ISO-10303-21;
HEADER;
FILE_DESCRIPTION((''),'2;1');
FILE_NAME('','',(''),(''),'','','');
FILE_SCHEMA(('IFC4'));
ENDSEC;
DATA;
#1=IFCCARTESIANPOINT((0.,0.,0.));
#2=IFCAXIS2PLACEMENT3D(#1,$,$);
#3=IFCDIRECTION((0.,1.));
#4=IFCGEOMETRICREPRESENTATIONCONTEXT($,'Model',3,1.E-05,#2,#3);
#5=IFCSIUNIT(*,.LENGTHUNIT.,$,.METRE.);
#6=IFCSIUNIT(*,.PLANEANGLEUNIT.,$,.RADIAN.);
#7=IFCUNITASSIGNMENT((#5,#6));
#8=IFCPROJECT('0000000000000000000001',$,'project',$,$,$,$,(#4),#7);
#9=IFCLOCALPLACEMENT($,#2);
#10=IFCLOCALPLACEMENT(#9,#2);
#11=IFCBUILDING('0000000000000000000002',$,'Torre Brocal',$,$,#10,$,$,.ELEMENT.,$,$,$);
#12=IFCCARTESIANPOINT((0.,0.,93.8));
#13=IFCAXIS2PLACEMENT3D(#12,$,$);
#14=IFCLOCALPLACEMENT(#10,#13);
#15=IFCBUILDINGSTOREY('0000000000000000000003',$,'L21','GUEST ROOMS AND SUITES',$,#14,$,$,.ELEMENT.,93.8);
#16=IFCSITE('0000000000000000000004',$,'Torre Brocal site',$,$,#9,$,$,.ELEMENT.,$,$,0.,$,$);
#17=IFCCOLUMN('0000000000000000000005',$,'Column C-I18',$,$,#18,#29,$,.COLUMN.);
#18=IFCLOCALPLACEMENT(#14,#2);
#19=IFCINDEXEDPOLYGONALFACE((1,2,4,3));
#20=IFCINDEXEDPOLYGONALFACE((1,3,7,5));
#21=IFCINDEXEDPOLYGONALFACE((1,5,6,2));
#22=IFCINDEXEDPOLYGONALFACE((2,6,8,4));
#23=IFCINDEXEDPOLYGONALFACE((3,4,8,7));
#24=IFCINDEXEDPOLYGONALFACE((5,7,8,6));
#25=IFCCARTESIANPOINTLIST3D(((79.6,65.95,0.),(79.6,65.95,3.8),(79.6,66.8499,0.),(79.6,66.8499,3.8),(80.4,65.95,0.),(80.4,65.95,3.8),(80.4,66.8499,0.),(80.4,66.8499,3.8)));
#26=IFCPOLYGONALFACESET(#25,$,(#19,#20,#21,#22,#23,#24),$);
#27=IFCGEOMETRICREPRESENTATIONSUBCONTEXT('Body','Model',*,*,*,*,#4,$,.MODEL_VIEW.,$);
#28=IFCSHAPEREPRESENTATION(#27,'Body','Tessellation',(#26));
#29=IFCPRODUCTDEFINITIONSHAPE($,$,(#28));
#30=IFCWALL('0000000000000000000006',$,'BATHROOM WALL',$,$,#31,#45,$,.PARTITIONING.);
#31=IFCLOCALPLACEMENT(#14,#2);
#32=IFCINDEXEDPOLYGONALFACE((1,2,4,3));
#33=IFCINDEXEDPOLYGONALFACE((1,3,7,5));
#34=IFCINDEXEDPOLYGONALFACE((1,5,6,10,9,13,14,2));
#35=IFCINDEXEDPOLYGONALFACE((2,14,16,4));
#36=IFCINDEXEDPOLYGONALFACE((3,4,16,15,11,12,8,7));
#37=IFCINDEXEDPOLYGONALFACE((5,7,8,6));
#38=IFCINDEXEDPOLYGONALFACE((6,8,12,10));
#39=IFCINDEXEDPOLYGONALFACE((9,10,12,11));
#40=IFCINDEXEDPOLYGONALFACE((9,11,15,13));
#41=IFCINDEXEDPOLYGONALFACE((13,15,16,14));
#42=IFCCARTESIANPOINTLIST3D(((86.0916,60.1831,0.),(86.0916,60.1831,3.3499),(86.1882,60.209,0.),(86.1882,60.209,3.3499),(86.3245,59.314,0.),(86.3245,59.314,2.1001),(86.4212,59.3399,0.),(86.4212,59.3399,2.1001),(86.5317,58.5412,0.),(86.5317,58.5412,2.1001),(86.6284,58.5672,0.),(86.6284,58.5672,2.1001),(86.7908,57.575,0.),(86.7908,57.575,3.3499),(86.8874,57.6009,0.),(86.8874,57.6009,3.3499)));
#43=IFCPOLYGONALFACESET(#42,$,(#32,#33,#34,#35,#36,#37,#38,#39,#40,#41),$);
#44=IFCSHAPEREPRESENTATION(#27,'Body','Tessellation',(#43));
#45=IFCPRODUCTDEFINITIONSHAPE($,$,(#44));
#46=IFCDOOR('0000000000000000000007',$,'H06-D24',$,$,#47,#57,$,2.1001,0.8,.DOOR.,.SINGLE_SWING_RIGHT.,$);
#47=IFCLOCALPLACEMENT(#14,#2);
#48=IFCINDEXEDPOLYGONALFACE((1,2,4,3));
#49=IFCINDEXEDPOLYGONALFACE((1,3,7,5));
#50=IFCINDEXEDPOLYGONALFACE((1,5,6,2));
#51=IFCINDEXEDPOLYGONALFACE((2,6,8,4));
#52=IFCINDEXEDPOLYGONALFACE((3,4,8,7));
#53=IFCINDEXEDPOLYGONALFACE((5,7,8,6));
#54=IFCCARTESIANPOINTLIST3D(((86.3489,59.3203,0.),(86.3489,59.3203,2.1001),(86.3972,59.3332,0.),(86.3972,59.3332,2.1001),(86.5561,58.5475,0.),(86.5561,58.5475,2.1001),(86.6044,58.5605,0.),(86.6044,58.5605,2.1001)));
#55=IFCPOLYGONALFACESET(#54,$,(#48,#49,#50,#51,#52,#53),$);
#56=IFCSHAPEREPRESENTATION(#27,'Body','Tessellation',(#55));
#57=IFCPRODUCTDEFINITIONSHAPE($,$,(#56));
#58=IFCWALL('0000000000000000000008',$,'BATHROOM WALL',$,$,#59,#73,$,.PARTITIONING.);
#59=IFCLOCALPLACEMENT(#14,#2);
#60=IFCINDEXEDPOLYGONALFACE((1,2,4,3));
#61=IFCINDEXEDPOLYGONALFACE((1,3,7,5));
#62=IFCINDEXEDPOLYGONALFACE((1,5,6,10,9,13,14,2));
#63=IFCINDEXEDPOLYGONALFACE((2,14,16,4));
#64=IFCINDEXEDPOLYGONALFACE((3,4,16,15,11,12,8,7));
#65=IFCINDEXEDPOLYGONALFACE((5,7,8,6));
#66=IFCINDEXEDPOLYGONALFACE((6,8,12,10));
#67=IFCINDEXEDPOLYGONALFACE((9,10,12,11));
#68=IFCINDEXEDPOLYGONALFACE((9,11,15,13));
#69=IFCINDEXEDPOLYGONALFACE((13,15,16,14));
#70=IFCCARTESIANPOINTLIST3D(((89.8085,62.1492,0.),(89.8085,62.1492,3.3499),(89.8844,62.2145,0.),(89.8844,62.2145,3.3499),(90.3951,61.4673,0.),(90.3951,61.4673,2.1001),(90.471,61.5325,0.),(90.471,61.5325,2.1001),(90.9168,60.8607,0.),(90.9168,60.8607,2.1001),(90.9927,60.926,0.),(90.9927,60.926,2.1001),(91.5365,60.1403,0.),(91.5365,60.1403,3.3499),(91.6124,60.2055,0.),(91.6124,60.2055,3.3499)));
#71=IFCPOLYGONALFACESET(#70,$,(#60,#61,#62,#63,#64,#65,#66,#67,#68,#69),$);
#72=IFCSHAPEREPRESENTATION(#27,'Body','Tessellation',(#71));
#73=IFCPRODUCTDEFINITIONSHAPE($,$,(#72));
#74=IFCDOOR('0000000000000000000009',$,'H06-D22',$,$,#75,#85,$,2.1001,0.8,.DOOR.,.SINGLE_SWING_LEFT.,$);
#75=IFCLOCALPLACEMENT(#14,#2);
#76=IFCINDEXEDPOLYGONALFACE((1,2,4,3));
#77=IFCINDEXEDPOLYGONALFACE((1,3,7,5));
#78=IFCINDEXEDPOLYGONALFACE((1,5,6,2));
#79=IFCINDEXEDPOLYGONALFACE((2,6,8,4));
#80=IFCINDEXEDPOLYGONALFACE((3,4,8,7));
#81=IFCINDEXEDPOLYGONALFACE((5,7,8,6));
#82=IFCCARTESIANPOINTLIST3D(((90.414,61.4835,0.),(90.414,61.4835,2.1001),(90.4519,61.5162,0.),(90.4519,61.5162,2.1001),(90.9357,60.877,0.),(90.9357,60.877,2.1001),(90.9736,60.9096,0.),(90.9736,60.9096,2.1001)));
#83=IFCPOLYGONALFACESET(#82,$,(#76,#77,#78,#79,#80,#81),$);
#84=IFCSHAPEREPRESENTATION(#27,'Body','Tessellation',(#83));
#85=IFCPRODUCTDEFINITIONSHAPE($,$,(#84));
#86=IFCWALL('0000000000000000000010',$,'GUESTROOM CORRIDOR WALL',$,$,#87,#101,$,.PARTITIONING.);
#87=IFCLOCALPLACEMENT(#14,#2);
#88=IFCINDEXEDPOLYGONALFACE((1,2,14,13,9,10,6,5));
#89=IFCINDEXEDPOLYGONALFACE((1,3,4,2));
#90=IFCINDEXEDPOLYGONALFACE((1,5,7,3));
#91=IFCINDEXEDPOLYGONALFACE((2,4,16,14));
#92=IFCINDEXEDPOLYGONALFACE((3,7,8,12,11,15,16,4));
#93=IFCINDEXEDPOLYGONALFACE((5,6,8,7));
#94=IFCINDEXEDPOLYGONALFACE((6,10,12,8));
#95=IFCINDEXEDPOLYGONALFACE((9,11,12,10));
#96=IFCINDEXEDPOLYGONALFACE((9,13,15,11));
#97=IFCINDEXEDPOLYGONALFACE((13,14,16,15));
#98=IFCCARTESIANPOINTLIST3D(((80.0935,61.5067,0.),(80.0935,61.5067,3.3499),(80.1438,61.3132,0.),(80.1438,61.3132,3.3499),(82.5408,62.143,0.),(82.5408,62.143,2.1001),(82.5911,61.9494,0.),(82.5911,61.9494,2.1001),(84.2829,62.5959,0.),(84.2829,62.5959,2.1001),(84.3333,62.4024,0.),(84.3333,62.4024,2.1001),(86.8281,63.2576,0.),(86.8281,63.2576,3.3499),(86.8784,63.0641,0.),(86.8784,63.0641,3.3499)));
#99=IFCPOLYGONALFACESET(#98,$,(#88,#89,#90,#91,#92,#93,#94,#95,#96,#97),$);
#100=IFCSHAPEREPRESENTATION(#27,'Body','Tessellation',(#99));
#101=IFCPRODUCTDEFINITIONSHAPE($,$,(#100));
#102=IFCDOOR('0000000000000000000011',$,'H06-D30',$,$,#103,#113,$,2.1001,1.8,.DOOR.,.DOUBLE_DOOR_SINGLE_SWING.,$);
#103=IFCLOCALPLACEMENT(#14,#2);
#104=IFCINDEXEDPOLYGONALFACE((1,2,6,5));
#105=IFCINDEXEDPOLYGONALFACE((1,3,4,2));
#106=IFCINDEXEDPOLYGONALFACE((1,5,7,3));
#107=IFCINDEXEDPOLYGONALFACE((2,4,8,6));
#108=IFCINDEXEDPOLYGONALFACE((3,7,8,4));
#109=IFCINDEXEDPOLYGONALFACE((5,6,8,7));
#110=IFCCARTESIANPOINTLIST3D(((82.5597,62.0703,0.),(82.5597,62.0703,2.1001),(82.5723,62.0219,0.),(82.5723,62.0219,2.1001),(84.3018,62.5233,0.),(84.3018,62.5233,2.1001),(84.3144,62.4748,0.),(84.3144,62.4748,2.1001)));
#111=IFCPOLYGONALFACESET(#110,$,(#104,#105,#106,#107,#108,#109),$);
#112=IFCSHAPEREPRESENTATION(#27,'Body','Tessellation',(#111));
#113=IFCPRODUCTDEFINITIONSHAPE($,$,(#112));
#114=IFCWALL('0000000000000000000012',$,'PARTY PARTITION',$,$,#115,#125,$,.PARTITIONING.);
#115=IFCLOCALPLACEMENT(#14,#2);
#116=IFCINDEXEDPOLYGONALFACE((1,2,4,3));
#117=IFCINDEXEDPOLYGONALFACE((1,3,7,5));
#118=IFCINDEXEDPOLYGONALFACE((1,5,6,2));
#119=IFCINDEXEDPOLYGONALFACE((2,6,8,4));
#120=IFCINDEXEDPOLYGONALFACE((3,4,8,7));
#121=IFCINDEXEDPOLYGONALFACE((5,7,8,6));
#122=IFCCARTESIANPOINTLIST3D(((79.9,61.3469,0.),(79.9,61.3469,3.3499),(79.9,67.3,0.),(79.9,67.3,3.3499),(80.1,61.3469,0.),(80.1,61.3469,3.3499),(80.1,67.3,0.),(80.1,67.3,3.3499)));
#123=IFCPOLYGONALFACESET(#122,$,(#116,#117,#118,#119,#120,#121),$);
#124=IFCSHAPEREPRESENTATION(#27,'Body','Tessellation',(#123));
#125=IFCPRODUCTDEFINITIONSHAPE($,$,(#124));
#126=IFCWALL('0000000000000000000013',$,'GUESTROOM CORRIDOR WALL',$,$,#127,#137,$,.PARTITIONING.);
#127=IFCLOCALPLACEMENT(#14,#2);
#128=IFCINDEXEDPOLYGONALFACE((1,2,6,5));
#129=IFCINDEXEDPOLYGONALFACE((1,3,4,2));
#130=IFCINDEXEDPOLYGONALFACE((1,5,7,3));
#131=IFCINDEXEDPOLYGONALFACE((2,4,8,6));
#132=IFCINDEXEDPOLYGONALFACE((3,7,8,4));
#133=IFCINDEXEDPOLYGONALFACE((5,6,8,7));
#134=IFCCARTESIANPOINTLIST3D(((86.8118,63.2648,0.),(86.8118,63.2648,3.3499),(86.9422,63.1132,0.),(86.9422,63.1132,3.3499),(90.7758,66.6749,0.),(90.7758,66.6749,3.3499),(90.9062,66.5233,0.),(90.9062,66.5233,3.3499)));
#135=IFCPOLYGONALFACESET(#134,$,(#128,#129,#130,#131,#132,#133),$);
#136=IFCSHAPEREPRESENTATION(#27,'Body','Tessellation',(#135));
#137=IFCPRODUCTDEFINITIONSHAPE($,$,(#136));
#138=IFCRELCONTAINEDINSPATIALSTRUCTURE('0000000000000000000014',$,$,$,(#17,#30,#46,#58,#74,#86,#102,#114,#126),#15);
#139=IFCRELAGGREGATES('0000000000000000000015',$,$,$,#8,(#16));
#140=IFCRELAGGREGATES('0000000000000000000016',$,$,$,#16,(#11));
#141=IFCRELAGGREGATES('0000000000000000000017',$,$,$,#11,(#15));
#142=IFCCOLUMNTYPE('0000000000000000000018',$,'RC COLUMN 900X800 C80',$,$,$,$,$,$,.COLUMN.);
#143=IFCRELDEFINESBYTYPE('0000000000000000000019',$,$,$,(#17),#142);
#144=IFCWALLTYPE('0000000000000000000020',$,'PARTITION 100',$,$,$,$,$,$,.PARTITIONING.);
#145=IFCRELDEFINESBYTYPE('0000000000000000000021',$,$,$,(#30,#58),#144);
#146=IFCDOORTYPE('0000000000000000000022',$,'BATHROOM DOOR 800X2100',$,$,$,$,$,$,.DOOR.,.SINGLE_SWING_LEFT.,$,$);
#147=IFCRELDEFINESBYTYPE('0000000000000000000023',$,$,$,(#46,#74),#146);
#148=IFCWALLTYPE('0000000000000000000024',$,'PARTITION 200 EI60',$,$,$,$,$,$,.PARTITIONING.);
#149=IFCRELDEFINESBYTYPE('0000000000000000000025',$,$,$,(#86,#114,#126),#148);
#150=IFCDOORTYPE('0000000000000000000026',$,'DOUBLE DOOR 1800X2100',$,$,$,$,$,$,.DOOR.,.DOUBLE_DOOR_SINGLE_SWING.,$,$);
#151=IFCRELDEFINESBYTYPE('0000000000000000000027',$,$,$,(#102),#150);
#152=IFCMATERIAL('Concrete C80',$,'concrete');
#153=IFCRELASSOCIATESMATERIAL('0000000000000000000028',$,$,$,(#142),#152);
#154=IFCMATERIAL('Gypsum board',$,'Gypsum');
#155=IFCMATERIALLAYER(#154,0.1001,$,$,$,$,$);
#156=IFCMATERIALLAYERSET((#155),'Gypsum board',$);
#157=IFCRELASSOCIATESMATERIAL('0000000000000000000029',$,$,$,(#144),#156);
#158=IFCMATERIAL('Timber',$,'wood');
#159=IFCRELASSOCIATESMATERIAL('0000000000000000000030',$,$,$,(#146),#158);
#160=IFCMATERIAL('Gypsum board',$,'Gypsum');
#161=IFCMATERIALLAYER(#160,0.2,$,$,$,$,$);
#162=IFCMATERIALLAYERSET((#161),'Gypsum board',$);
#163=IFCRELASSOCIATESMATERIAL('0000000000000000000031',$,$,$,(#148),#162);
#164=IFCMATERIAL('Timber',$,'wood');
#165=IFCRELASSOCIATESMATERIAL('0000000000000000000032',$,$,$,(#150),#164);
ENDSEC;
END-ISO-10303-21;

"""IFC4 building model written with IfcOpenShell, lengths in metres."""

from ifc_helpers import new_model, si_unit, direction, frame, frame_2d, origin, origin_2d, place, context, subcontext, project, spatial, rectangle, extrude, material, layer, layer_set, material_profile, profile_set, type_object, element, fill, save


model = new_model("IFC4")

# Units and contexts
model_context = context("Model", 3, precision=1e-05, world=origin(), true_north=direction((0.0, 1.0)))
body_context = subcontext(model_context, "Body", "Model", "MODEL_VIEW")
ifc_project = project(units=[si_unit("LENGTHUNIT", "METRE"), si_unit("PLANEANGLEUNIT", "RADIAN")], contexts=[model_context])

# Site, building, storey
site_placement = place(None, origin())
site = spatial("IfcSite", under=ifc_project, at=site_placement, Name="Torre Brocal site", CompositionType="ELEMENT", RefElevation=0.0)
building_placement = place(site_placement, origin())
building = spatial("IfcBuilding", under=site, at=building_placement, Name="Torre Brocal", CompositionType="ELEMENT")
storey_placement = place(building_placement, frame((0.0, 0.0, 93.8)))
storey = spatial("IfcBuildingStorey", under=building, at=storey_placement, Name="L21", Description="GUEST ROOMS AND SUITES", CompositionType="ELEMENT", Elevation=93.8)

# Column
ifc_material_1 = material(Name="Concrete C80", Category="concrete")
ifc_material_profile = material_profile(ifc_material_1, rectangle(XDim=0.8999, YDim=0.8, at=origin_2d()), Name="RC 900X800")
ifc_profile_set = profile_set([ifc_material_profile], Name="Concrete C80")
column_type = type_object("IfcColumnType", Name="RC COLUMN 900X800 C80", PredefinedType="COLUMN", material=ifc_profile_set)
column_placement = place(storey_placement, frame((80.0, 66.3999, 0.0), z_axis=(0.0, 0.0, 1.0), x_axis=(0.0, -1.0, 0.0)))
element("IfcColumn", 1, at=column_placement, inside=storey, type_object=column_type, Name="Column C-I18", PredefinedType="COLUMN", context=body_context, shape_type="SweptSolid", body=[
    extrude(rectangle(XDim=0.8999, YDim=0.8, at=origin_2d()), origin(), (0.0, 0.0, 1.0), 3.8),
])

# Walls, openings, doors
ifc_material_2 = material(Name="Gypsum board", Category="Gypsum")
ifc_layer_1 = layer(ifc_material_2, 0.1001)
ifc_layer_set_1 = layer_set([ifc_layer_1], Name="Gypsum board")
wall_type_1 = type_object("IfcWallType", Name="PARTITION 100", PredefinedType="PARTITIONING", material=ifc_layer_set_1)
wall_1_placement = place(storey_placement, frame((86.1399, 60.196, 0.0), z_axis=(0.0, 0.0, 1.0), x_axis=(0.258945, -0.965892, 0.0)))
wall_1 = element("IfcWall", 2, at=wall_1_placement, inside=storey, type_object=wall_type_1, Name="BATHROOM WALL", PredefinedType="PARTITIONING", context=body_context, shape_type="SweptSolid", body=[
    extrude(rectangle(XDim=2.7002, YDim=0.1001, at=frame_2d((1.3501, 0.0))), origin(), (0.0, 0.0, 1.0), 3.3499),
])
opening_1_placement = place(wall_1_placement, frame((0.8999, 0.0, 0.0)))
opening_1 = element("IfcOpeningElement", 3, at=opening_1_placement, cuts=wall_1, PredefinedType="OPENING", context=body_context, shape_type="SweptSolid", body=[
    extrude(rectangle(XDim=0.8, YDim=2.1001, at=frame_2d((0.3999, 1.05))), frame((0.0, 0.0601, 0.0), z_axis=(0.0, -1.0, 0.0), x_axis=(1.0, 0.0, 0.0)), (0.0, 0.0, 1.0), 0.1201),
])
ifc_material_3 = material(Name="Timber", Category="wood")
door_type_1 = type_object("IfcDoorType", Name="BATHROOM DOOR 800X2100", OperationType="SINGLE_SWING_LEFT", PredefinedType="DOOR", material=ifc_material_3)
door_1_placement = place(opening_1_placement, frame((0.8, 0.0, 0.0), z_axis=(0.0, 0.0, 1.0), x_axis=(-1.0, 0.0, 0.0)))
door_1 = element("IfcDoor", 4, at=door_1_placement, inside=storey, type_object=door_type_1, Name="H06-D24", OperationType="SINGLE_SWING_RIGHT", OverallHeight=2.1001, OverallWidth=0.8, PredefinedType="DOOR", context=body_context, shape_type="SweptSolid", body=[
    extrude(rectangle(XDim=0.8, YDim=2.1001, at=frame_2d((0.3999, 1.05))), frame((0.0, 0.0249, 0.0), z_axis=(0.0, -1.0, 0.0), x_axis=(1.0, 0.0, 0.0)), (0.0, 0.0, 1.0), 0.05),
])
fill(opening_1, door_1)
wall_2_placement = place(storey_placement, frame((89.8464, 62.1819, 0.0), z_axis=(0.0, 0.0, 1.0), x_axis=(0.652095, -0.758137, 0.0)))
wall_2 = element("IfcWall", 5, at=wall_2_placement, inside=storey, type_object=wall_type_1, Name="BATHROOM WALL", PredefinedType="PARTITIONING", context=body_context, shape_type="SweptSolid", body=[
    extrude(rectangle(XDim=2.6499, YDim=0.1001, at=frame_2d((1.325, 0.0))), origin(), (0.0, 0.0, 1.0), 3.3499),
])
opening_2_placement = place(wall_2_placement, frame((0.8997, 0.0, 0.0)))
opening_2 = element("IfcOpeningElement", 6, at=opening_2_placement, cuts=wall_2, PredefinedType="OPENING", context=body_context, shape_type="SweptSolid", body=[
    extrude(rectangle(XDim=0.8, YDim=2.1001, at=frame_2d((0.3999, 1.05))), frame((0.0, 0.0601, 0.0), z_axis=(0.0, -1.0, 0.0), x_axis=(1.0, 0.0, 0.0)), (0.0, 0.0, 1.0), 0.1201),
])
door_2_placement = place(opening_2_placement, origin())
door_2 = element("IfcDoor", 7, at=door_2_placement, inside=storey, type_object=door_type_1, Name="H06-D22", OperationType="SINGLE_SWING_LEFT", OverallHeight=2.1001, OverallWidth=0.8, PredefinedType="DOOR", context=body_context, shape_type="SweptSolid", body=[
    extrude(rectangle(XDim=0.8, YDim=2.1001, at=frame_2d((0.3999, 1.05))), frame((0.0, 0.0249, 0.0), z_axis=(0.0, -1.0, 0.0), x_axis=(1.0, 0.0, 0.0)), (0.0, 0.0, 1.0), 0.05),
])
fill(opening_2, door_2)
ifc_material_4 = material(Name="Gypsum board", Category="Gypsum")
ifc_layer_2 = layer(ifc_material_4, 0.2)
ifc_layer_set_2 = layer_set([ifc_layer_2], Name="Gypsum board")
wall_type_2 = type_object("IfcWallType", Name="PARTITION 200 EI60", PredefinedType="PARTITIONING", material=ifc_layer_set_2)
wall_3_placement = place(storey_placement, frame((80.1187, 61.4099, 0.0), z_axis=(0.0, 0.0, 1.0), x_axis=(0.967823, 0.251631, 0.0)))
wall_3 = element("IfcWall", 8, at=wall_3_placement, inside=storey, type_object=wall_type_2, Name="GUESTROOM CORRIDOR WALL", PredefinedType="PARTITIONING", context=body_context, shape_type="SweptSolid", body=[
    extrude(rectangle(XDim=6.9585, YDim=0.2, at=frame_2d((3.4792, 0.0))), origin(), (0.0, 0.0, 1.0), 3.3499),
])
opening_3_placement = place(wall_3_placement, frame((2.5288, 0.0, 0.0)))
opening_3 = element("IfcOpeningElement", 9, at=opening_3_placement, cuts=wall_3, PredefinedType="OPENING", context=body_context, shape_type="SweptSolid", body=[
    extrude(rectangle(XDim=1.8, YDim=2.1001, at=frame_2d((0.8999, 1.05))), frame((0.0, 0.1099, 0.0), z_axis=(0.0, -1.0, 0.0), x_axis=(1.0, 0.0, 0.0)), (0.0, 0.0, 1.0), 0.22),
])
ifc_material_5 = material(Name="Timber", Category="wood")
door_type_2 = type_object("IfcDoorType", Name="DOUBLE DOOR 1800X2100", OperationType="DOUBLE_DOOR_SINGLE_SWING", PredefinedType="DOOR", material=ifc_material_5)
door_3_placement = place(opening_3_placement, origin())
door_3 = element("IfcDoor", 10, at=door_3_placement, inside=storey, type_object=door_type_2, Name="H06-D30", OperationType="DOUBLE_DOOR_SINGLE_SWING", OverallHeight=2.1001, OverallWidth=1.8, PredefinedType="DOOR", context=body_context, shape_type="SweptSolid", body=[
    extrude(rectangle(XDim=1.8, YDim=2.1001, at=frame_2d((0.8999, 1.05))), frame((0.0, 0.0249, 0.0), z_axis=(0.0, -1.0, 0.0), x_axis=(1.0, 0.0, 0.0)), (0.0, 0.0, 1.0), 0.05),
])
fill(opening_3, door_3)

# Walls
wall_4_placement = place(storey_placement, frame((80.0, 61.3469, 0.0), z_axis=(0.0, 0.0, 1.0), x_axis=(0.0, 1.0, 0.0)))
element("IfcWall", 11, at=wall_4_placement, inside=storey, type_object=wall_type_2, Name="PARTY PARTITION", PredefinedType="PARTITIONING", context=body_context, shape_type="SweptSolid", body=[
    extrude(rectangle(XDim=5.9531, YDim=0.2, at=frame_2d((2.9766, 0.0))), origin(), (0.0, 0.0, 1.0), 3.3499),
])
wall_5_placement = place(storey_placement, frame((86.877, 63.189, 0.0), z_axis=(0.0, 0.0, 1.0), x_axis=(0.758089, 0.652151, 0.0)))
element("IfcWall", 12, at=wall_5_placement, inside=storey, type_object=wall_type_2, Name="GUESTROOM CORRIDOR WALL", PredefinedType="PARTITIONING", context=body_context, shape_type="SweptSolid", body=[
    extrude(rectangle(XDim=5.229, YDim=0.2, at=frame_2d((2.6145, 0.0))), origin(), (0.0, 0.0, 1.0), 3.3499),
])

save(model, "model.ifc")
